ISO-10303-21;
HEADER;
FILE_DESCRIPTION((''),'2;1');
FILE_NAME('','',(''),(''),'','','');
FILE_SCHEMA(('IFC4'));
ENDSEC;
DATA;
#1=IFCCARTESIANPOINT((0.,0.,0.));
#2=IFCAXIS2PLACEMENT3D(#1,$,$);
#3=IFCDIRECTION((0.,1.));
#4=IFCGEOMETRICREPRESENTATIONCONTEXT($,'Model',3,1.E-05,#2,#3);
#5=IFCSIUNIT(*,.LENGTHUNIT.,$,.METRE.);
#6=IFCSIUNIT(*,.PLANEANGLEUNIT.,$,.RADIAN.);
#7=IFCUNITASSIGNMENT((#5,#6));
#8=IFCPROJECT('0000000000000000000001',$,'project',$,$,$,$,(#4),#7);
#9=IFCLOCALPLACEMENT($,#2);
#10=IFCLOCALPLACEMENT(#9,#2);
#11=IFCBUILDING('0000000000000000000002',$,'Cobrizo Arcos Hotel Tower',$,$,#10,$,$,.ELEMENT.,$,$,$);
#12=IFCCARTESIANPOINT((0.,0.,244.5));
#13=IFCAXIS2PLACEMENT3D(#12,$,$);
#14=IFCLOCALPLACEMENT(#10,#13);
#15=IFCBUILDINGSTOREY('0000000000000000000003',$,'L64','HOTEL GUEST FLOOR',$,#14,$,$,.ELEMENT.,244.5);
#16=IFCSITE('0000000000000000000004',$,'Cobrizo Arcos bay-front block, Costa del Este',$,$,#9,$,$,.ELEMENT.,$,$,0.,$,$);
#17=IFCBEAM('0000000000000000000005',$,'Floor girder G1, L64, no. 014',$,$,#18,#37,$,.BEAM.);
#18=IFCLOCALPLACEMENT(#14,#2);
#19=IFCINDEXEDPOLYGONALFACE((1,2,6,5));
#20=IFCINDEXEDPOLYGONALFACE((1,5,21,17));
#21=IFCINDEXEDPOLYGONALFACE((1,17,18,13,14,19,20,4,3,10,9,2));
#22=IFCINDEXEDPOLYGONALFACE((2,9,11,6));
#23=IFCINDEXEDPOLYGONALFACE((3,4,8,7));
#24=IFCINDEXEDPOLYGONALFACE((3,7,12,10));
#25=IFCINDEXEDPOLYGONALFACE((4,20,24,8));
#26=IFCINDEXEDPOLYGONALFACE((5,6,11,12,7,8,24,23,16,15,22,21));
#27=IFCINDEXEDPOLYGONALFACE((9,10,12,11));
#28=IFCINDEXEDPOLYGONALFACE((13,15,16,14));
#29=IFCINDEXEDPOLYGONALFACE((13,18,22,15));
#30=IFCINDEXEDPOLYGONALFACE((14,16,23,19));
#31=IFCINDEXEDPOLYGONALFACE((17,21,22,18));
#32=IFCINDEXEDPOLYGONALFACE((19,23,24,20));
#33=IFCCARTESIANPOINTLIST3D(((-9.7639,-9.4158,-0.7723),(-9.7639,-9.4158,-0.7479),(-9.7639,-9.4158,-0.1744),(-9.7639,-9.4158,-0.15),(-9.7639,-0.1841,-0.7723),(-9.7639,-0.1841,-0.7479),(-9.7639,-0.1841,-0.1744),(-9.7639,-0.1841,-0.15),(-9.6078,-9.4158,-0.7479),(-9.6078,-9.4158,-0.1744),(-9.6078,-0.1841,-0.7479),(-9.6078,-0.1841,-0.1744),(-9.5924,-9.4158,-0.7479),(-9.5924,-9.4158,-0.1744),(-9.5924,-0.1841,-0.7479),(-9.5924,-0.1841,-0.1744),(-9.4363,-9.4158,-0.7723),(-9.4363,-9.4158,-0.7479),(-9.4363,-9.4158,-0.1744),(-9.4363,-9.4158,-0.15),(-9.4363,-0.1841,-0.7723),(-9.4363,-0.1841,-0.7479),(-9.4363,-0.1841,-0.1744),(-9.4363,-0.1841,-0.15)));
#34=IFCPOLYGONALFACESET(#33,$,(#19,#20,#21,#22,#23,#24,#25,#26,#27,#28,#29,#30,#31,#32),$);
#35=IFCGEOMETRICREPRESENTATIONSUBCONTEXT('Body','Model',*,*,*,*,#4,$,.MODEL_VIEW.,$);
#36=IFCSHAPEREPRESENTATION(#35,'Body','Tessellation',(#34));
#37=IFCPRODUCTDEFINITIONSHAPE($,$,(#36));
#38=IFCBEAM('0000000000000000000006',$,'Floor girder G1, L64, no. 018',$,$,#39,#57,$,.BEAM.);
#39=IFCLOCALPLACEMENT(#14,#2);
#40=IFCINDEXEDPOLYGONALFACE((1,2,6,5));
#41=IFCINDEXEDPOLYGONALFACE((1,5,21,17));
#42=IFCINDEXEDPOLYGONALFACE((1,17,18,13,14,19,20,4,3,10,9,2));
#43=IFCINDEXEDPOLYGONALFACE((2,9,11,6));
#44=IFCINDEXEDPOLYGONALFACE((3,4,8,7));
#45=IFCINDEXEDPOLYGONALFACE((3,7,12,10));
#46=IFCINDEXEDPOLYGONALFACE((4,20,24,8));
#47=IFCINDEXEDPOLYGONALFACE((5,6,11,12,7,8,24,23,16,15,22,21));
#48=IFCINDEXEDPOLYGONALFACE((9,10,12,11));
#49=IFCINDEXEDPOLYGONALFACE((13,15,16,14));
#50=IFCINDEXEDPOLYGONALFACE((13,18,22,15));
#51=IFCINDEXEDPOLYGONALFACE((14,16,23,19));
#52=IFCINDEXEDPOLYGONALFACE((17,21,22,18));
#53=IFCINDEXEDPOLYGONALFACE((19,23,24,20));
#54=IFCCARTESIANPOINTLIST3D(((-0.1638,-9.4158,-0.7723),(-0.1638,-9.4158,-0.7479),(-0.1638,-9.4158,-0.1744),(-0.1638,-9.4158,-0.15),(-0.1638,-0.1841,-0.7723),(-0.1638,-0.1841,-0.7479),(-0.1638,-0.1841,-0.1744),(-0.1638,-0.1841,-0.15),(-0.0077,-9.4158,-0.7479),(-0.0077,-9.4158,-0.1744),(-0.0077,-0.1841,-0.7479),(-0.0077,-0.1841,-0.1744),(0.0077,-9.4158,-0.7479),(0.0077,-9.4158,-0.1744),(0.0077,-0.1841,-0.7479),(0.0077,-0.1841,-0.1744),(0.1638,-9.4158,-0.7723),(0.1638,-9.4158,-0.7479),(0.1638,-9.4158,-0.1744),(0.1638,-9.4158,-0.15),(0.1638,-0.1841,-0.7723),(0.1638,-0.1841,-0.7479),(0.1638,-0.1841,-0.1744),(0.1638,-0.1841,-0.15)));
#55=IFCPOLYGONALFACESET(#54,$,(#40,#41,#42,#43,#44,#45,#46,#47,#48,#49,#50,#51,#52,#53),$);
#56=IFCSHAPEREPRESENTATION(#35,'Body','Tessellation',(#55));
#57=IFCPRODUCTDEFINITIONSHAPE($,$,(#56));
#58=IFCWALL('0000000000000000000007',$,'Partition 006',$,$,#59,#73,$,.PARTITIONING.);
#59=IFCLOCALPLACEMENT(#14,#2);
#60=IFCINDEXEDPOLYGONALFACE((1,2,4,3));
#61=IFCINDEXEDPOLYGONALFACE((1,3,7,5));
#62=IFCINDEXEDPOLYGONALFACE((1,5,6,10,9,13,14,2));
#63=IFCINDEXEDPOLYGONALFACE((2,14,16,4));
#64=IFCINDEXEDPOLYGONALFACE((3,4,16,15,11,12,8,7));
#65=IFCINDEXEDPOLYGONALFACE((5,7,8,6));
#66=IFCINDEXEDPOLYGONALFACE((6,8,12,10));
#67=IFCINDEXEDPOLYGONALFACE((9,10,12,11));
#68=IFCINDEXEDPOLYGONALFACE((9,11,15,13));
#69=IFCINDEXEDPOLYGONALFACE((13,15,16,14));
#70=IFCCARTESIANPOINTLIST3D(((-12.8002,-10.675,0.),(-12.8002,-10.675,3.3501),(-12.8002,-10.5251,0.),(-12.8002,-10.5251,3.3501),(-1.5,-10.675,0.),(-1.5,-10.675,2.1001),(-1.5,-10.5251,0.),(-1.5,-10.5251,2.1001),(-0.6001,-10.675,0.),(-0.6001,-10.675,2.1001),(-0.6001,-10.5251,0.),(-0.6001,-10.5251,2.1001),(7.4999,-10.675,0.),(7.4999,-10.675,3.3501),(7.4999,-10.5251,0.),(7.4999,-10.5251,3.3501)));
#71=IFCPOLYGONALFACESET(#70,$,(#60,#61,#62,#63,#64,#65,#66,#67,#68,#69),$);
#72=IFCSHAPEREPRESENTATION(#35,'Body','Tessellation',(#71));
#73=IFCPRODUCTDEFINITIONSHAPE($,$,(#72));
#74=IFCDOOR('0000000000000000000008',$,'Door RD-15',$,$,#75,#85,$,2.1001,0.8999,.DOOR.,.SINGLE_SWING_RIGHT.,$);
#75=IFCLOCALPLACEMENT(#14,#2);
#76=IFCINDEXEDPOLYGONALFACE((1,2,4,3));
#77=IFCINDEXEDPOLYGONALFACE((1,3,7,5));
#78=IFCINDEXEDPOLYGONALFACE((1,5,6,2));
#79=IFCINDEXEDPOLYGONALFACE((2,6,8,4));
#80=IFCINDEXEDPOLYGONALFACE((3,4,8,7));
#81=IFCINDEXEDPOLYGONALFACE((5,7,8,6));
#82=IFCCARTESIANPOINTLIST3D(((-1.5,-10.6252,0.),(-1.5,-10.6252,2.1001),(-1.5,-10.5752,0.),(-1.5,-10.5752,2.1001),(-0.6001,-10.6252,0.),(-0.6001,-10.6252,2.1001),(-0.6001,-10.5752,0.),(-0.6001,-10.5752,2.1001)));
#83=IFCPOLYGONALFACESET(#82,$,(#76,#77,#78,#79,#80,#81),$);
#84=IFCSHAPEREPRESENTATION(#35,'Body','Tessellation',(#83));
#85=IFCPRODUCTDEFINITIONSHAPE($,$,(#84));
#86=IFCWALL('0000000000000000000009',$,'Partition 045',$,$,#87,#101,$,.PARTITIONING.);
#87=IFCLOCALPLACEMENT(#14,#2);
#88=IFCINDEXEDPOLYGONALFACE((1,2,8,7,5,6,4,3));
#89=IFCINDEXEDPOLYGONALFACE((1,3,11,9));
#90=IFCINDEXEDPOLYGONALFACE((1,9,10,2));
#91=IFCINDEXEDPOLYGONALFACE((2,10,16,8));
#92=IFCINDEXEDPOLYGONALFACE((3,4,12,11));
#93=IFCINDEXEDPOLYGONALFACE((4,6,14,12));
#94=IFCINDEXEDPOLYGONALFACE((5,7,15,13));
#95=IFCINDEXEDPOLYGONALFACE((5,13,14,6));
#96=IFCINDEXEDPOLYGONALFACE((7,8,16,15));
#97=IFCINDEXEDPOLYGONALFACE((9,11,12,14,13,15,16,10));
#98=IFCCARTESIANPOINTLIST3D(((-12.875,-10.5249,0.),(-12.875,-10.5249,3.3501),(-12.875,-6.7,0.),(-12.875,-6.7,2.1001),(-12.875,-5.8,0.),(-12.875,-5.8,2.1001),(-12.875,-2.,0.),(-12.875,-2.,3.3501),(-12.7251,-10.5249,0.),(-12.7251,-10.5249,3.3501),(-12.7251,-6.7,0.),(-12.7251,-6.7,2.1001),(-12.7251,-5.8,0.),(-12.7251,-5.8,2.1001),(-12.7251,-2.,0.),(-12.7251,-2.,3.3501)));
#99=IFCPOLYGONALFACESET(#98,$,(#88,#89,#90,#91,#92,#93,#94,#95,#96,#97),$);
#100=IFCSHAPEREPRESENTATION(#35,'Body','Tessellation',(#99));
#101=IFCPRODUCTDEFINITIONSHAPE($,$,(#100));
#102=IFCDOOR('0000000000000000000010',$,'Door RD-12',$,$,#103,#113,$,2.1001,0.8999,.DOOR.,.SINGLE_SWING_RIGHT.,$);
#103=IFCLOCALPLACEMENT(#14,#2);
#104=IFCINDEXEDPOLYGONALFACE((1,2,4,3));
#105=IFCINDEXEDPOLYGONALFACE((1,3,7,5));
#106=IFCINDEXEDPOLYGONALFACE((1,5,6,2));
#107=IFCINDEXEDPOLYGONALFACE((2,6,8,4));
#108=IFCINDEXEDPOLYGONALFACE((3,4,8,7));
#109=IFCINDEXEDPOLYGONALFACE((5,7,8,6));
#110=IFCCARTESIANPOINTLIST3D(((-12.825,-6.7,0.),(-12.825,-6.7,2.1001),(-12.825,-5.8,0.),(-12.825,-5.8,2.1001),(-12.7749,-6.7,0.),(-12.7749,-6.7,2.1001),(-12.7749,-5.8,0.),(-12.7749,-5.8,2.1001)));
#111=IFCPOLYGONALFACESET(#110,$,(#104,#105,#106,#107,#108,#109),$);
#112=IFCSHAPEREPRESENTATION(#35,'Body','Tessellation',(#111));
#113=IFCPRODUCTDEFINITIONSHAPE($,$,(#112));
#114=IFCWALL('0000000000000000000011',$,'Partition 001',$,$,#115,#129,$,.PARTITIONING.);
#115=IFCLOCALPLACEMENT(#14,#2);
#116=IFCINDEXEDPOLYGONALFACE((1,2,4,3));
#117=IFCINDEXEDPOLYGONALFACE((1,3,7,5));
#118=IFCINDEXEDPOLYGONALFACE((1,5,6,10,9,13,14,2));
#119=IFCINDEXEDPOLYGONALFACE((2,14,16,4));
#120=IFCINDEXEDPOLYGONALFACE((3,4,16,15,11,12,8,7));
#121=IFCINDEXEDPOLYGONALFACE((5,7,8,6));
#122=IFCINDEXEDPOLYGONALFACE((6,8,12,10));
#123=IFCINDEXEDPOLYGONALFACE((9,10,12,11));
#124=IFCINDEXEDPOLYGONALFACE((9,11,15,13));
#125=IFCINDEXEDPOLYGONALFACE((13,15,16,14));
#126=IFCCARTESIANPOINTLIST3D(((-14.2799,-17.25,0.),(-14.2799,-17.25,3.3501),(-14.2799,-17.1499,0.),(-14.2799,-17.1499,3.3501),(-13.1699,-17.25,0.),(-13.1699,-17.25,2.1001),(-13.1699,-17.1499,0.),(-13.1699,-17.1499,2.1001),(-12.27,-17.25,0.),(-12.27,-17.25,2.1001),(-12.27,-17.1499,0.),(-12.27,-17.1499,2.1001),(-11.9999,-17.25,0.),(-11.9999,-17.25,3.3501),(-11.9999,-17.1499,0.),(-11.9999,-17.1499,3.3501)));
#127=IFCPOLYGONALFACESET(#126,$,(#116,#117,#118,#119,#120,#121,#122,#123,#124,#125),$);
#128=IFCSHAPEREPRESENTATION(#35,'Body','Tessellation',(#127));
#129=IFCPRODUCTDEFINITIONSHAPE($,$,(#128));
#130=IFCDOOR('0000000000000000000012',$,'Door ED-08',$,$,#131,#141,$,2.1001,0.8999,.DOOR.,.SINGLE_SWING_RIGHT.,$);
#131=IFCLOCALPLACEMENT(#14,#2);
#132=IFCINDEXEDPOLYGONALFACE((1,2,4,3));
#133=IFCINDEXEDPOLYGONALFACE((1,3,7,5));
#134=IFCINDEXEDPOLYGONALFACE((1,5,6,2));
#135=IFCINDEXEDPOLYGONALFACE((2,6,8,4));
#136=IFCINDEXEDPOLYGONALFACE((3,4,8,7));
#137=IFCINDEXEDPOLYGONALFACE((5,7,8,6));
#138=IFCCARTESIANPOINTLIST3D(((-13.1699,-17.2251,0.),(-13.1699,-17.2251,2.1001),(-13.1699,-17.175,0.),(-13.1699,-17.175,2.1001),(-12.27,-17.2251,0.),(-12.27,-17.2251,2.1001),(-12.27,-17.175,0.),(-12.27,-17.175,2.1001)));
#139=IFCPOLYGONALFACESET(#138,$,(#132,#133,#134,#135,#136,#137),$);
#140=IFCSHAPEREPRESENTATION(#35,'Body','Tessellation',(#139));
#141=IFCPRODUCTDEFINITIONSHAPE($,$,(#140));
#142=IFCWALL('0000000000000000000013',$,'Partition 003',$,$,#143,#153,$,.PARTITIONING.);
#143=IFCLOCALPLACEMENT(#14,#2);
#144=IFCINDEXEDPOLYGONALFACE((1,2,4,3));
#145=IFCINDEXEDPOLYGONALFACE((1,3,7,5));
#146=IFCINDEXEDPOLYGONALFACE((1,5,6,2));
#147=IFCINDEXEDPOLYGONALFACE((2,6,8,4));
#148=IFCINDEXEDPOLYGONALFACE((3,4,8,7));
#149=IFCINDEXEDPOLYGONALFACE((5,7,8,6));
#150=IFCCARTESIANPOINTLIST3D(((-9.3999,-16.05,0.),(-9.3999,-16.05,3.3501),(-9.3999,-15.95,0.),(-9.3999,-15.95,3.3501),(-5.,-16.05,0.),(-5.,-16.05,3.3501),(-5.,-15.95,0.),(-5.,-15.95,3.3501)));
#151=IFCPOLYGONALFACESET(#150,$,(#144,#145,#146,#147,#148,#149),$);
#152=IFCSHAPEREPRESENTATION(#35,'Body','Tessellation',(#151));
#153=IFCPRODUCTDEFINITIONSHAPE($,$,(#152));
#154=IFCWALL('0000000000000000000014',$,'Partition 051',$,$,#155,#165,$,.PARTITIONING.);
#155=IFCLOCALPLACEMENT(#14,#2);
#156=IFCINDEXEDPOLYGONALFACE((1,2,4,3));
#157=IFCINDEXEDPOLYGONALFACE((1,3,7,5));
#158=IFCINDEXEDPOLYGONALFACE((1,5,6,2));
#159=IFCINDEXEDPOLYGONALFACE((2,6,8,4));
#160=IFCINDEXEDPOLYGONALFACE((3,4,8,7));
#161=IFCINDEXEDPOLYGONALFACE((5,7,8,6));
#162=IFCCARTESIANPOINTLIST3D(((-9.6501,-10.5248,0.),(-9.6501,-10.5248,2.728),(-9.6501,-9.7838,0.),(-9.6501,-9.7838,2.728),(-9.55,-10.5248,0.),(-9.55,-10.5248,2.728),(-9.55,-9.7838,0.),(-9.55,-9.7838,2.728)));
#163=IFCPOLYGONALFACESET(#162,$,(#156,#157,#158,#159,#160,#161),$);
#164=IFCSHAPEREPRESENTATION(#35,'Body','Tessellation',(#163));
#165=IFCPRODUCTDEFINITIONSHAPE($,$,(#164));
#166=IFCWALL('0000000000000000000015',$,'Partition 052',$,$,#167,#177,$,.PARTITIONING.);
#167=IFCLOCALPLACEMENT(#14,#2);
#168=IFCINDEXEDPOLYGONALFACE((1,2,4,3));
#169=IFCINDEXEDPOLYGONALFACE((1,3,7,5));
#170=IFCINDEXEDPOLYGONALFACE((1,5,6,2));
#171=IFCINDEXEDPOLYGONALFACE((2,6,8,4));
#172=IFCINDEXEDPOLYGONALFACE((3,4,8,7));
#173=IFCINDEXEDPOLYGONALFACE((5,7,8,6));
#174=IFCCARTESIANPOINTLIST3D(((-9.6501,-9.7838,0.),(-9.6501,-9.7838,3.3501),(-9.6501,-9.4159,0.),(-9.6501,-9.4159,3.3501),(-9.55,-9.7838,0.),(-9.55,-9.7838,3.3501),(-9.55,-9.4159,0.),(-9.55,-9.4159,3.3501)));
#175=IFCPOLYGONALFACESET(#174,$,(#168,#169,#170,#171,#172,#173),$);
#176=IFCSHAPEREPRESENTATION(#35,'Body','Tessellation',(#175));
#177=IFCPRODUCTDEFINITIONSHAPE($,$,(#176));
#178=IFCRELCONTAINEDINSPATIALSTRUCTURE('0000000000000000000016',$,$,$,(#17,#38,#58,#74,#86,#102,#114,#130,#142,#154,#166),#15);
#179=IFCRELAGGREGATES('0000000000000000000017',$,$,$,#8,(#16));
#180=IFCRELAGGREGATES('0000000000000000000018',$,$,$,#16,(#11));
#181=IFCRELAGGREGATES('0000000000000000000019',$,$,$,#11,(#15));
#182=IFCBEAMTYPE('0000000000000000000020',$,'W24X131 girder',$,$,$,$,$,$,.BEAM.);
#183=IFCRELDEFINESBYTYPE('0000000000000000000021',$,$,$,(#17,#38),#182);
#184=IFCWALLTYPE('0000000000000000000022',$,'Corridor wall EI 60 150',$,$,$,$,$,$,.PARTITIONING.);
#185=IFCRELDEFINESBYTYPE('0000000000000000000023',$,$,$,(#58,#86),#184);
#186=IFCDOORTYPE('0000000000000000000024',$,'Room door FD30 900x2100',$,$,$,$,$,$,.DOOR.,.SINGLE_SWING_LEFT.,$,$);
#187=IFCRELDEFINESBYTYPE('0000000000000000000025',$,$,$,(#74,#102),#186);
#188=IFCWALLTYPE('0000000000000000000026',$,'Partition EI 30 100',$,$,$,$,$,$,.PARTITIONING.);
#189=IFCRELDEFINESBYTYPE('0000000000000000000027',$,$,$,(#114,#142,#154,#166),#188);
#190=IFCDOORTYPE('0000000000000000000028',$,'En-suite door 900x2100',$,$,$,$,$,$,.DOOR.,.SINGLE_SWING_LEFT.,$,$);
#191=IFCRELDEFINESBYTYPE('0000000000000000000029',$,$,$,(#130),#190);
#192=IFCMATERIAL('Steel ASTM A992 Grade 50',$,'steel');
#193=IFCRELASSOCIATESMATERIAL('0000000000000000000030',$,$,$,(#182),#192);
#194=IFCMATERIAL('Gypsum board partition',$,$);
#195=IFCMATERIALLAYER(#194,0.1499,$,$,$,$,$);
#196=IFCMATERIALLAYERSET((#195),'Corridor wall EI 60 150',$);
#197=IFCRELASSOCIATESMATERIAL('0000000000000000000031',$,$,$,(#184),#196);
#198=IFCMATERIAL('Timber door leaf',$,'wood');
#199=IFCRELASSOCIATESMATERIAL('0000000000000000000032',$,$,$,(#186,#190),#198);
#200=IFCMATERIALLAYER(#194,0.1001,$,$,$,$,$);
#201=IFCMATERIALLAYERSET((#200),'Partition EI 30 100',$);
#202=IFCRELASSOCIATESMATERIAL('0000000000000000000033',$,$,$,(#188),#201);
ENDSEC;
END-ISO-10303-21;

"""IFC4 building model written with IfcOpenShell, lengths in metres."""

from ifc_helpers import new_model, si_unit, direction, frame, frame_2d, origin, origin_2d, place, context, subcontext, project, spatial, rectangle, i_section, extrude, material, layer, layer_set, material_profile, profile_set, type_object, element, fill, save


model = new_model("IFC4")

# Units and contexts
model_context = context("Model", 3, precision=1e-05, world=origin(), true_north=direction((0.0, 1.0)))
body_context = subcontext(model_context, "Body", "Model", "MODEL_VIEW")
ifc_project = project(units=[si_unit("LENGTHUNIT", "METRE"), si_unit("PLANEANGLEUNIT", "RADIAN")], contexts=[model_context])

# Site, building, storey
site_placement = place(None, origin())
site = spatial("IfcSite", under=ifc_project, at=site_placement, Name="Cobrizo Arcos bay-front block, Costa del Este", CompositionType="ELEMENT", RefElevation=0.0)
building_placement = place(site_placement, origin())
building = spatial("IfcBuilding", under=site, at=building_placement, Name="Cobrizo Arcos Hotel Tower", CompositionType="ELEMENT")
storey_placement = place(building_placement, frame((0.0, 0.0, 244.5)))
storey = spatial("IfcBuildingStorey", under=building, at=storey_placement, Name="L64", Description="HOTEL GUEST FLOOR", CompositionType="ELEMENT", Elevation=244.5)

# Shared definitions
ifc_material_1 = material(Name="Steel ASTM A992 Grade 50", Category="steel")

# Beams
ifc_material_profile_1 = material_profile(ifc_material_1, i_section(OverallWidth=0.3276, OverallDepth=0.6223, WebThickness=0.0154, FlangeThickness=0.0244, at=origin_2d()), Name="W24X131")
ifc_profile_set_1 = profile_set([ifc_material_profile_1], Name="Steel ASTM A992 Grade 50")
beam_type_1 = type_object("IfcBeamType", Name="W24X131 girder", PredefinedType="BEAM", material=ifc_profile_set_1)
for number, where, z_axis, x_axis, name in (
    (1, (-9.6001, -9.4158, -0.4612), (0.0, 1.0, 0.0), (-1.0, 0.0, 0.0), "Floor girder G1, L64, no. 014"),
    (2, (0.0, -9.4158, -0.4612), (0.0, 1.0, 0.0), (-1.0, 0.0, 0.0), "Floor girder G1, L64, no. 018"),
):
    element("IfcBeam", number, at=place(storey_placement, frame(where, z_axis=z_axis, x_axis=x_axis)), inside=storey, type_object=beam_type_1, Name=name, PredefinedType="BEAM", context=body_context, shape_type="SweptSolid", body=[
        extrude(i_section(OverallWidth=0.3276, OverallDepth=0.6223, WebThickness=0.0154, FlangeThickness=0.0244, at=origin_2d()), origin(), (0.0, 0.0, 1.0), 9.2317),
    ])

# Walls, openings, doors
ifc_material_2 = material(Name="Gypsum board partition")
ifc_layer_1 = layer(ifc_material_2, 0.1499)
ifc_layer_set_1 = layer_set([ifc_layer_1], Name="Corridor wall EI 60 150")
wall_type_1 = type_object("IfcWallType", Name="Corridor wall EI 60 150", PredefinedType="PARTITIONING", material=ifc_layer_set_1)
wall_1_placement = place(storey_placement, frame((-12.8, -10.6001, 0.0), z_axis=(0.0, 0.0, 1.0), x_axis=(1.0, 0.0, 0.0)))
wall_1 = element("IfcWall", 3, at=wall_1_placement, inside=storey, type_object=wall_type_1, Name="Partition 006", PredefinedType="PARTITIONING", context=body_context, shape_type="SweptSolid", body=[
    extrude(rectangle(XDim=20.3, YDim=0.1499, at=frame_2d((10.1499, 0.0))), origin(), (0.0, 0.0, 1.0), 3.3501),
])
opening_1_placement = place(wall_1_placement, frame((11.3, 0.0, 0.0)))
opening_1 = element("IfcOpeningElement", 4, at=opening_1_placement, cuts=wall_1, PredefinedType="OPENING", context=body_context, shape_type="SweptSolid", body=[
    extrude(rectangle(XDim=0.8999, YDim=2.1001, at=frame_2d((0.45, 1.05))), frame((0.0, 0.0869, 0.0), z_axis=(0.0, -1.0, 0.0), x_axis=(1.0, 0.0, 0.0)), (0.0, 0.0, 1.0), 0.1738),
])
ifc_material_3 = material(Name="Timber door leaf", Category="wood")
door_type_1 = type_object("IfcDoorType", Name="Room door FD30 900x2100", OperationType="SINGLE_SWING_LEFT", PredefinedType="DOOR", material=ifc_material_3)
door_1_placement = place(opening_1_placement, origin())
door_1 = element("IfcDoor", 5, at=door_1_placement, inside=storey, type_object=door_type_1, Name="Door RD-15", OperationType="SINGLE_SWING_RIGHT", OverallHeight=2.1001, OverallWidth=0.8999, PredefinedType="DOOR", context=body_context, shape_type="SweptSolid", body=[
    extrude(rectangle(XDim=0.8999, YDim=2.1001, at=frame_2d((0.45, 1.05))), frame((0.0, 0.0249, 0.0), z_axis=(0.0, -1.0, 0.0), x_axis=(1.0, 0.0, 0.0)), (0.0, 0.0, 1.0), 0.05),
])
fill(opening_1, door_1)
wall_2_placement = place(storey_placement, frame((-12.8, -10.5249, 0.0), z_axis=(0.0, 0.0, 1.0), x_axis=(0.0, 1.0, 0.0)))
wall_2 = element("IfcWall", 6, at=wall_2_placement, inside=storey, type_object=wall_type_1, Name="Partition 045", PredefinedType="PARTITIONING", context=body_context, shape_type="SweptSolid", body=[
    extrude(rectangle(XDim=8.5249, YDim=0.1499, at=frame_2d((4.2625, 0.0))), origin(), (0.0, 0.0, 1.0), 3.3501),
])
opening_2_placement = place(wall_2_placement, frame((3.825, 0.0, 0.0)))
opening_2 = element("IfcOpeningElement", 7, at=opening_2_placement, cuts=wall_2, PredefinedType="OPENING", context=body_context, shape_type="SweptSolid", body=[
    extrude(rectangle(XDim=0.8999, YDim=2.1001, at=frame_2d((0.45, 1.05))), frame((0.0, 0.0869, 0.0), z_axis=(0.0, -1.0, 0.0), x_axis=(1.0, 0.0, 0.0)), (0.0, 0.0, 1.0), 0.1738),
])
door_2_placement = place(opening_2_placement, origin())
door_2 = element("IfcDoor", 8, at=door_2_placement, inside=storey, type_object=door_type_1, Name="Door RD-12", OperationType="SINGLE_SWING_RIGHT", OverallHeight=2.1001, OverallWidth=0.8999, PredefinedType="DOOR", context=body_context, shape_type="SweptSolid", body=[
    extrude(rectangle(XDim=0.8999, YDim=2.1001, at=frame_2d((0.45, 1.05))), frame((0.0, 0.0249, 0.0), z_axis=(0.0, -1.0, 0.0), x_axis=(1.0, 0.0, 0.0)), (0.0, 0.0, 1.0), 0.05),
])
fill(opening_2, door_2)
ifc_layer_2 = layer(ifc_material_2, 0.1001)
ifc_layer_set_2 = layer_set([ifc_layer_2], Name="Partition EI 30 100")
wall_type_2 = type_object("IfcWallType", Name="Partition EI 30 100", PredefinedType="PARTITIONING", material=ifc_layer_set_2)
wall_3_placement = place(storey_placement, frame((-14.28, -17.2, 0.0), z_axis=(0.0, 0.0, 1.0), x_axis=(1.0, 0.0, 0.0)))
wall_3 = element("IfcWall", 9, at=wall_3_placement, inside=storey, type_object=wall_type_2, Name="Partition 001", PredefinedType="PARTITIONING", context=body_context, shape_type="SweptSolid", body=[
    extrude(rectangle(XDim=2.28, YDim=0.1001, at=frame_2d((1.1401, 0.0))), origin(), (0.0, 0.0, 1.0), 3.3501),
])
opening_3_placement = place(wall_3_placement, frame((1.1101, 0.0, 0.0)))
opening_3 = element("IfcOpeningElement", 10, at=opening_3_placement, cuts=wall_3, PredefinedType="OPENING", context=body_context, shape_type="SweptSolid", body=[
    extrude(rectangle(XDim=0.8999, YDim=2.1001, at=frame_2d((0.45, 1.05))), frame((0.0, 0.062, 0.0), z_axis=(0.0, -1.0, 0.0), x_axis=(1.0, 0.0, 0.0)), (0.0, 0.0, 1.0), 0.124),
])
door_type_2 = type_object("IfcDoorType", Name="En-suite door 900x2100", OperationType="SINGLE_SWING_LEFT", PredefinedType="DOOR", material=ifc_material_3)
door_3_placement = place(opening_3_placement, origin())
door_3 = element("IfcDoor", 11, at=door_3_placement, inside=storey, type_object=door_type_2, Name="Door ED-08", OperationType="SINGLE_SWING_RIGHT", OverallHeight=2.1001, OverallWidth=0.8999, PredefinedType="DOOR", context=body_context, shape_type="SweptSolid", body=[
    extrude(rectangle(XDim=0.8999, YDim=2.1001, at=frame_2d((0.45, 1.05))), frame((0.0, 0.0249, 0.0), z_axis=(0.0, -1.0, 0.0), x_axis=(1.0, 0.0, 0.0)), (0.0, 0.0, 1.0), 0.05),
])
fill(opening_3, door_3)

# Walls
wall_4_placement = place(storey_placement, frame((-9.3999, -16.0, 0.0), z_axis=(0.0, 0.0, 1.0), x_axis=(1.0, 0.0, 0.0)))
element("IfcWall", 12, at=wall_4_placement, inside=storey, type_object=wall_type_2, Name="Partition 003", PredefinedType="PARTITIONING", context=body_context, shape_type="SweptSolid", body=[
    extrude(rectangle(XDim=4.3999, YDim=0.1001, at=frame_2d((2.2, 0.0))), origin(), (0.0, 0.0, 1.0), 3.3501),
])
wall_5_placement = place(storey_placement, frame((-9.6001, -10.5249, 0.0), z_axis=(0.0, 0.0, 1.0), x_axis=(0.0, 1.0, 0.0)))
element("IfcWall", 13, at=wall_5_placement, inside=storey, type_object=wall_type_2, Name="Partition 051", PredefinedType="PARTITIONING", context=body_context, shape_type="SweptSolid", body=[
    extrude(rectangle(XDim=0.741, YDim=0.1001, at=frame_2d((0.3706, 0.0))), origin(), (0.0, 0.0, 1.0), 2.728),
])
wall_6_placement = place(storey_placement, frame((-9.6001, -9.7839, 0.0), z_axis=(0.0, 0.0, 1.0), x_axis=(0.0, 1.0, 0.0)))
element("IfcWall", 14, at=wall_6_placement, inside=storey, type_object=wall_type_2, Name="Partition 052", PredefinedType="PARTITIONING", context=body_context, shape_type="SweptSolid", body=[
    extrude(rectangle(XDim=0.3679, YDim=0.1001, at=frame_2d((0.1841, 0.0))), origin(), (0.0, 0.0, 1.0), 3.3501),
])

save(model, "model.ifc")
